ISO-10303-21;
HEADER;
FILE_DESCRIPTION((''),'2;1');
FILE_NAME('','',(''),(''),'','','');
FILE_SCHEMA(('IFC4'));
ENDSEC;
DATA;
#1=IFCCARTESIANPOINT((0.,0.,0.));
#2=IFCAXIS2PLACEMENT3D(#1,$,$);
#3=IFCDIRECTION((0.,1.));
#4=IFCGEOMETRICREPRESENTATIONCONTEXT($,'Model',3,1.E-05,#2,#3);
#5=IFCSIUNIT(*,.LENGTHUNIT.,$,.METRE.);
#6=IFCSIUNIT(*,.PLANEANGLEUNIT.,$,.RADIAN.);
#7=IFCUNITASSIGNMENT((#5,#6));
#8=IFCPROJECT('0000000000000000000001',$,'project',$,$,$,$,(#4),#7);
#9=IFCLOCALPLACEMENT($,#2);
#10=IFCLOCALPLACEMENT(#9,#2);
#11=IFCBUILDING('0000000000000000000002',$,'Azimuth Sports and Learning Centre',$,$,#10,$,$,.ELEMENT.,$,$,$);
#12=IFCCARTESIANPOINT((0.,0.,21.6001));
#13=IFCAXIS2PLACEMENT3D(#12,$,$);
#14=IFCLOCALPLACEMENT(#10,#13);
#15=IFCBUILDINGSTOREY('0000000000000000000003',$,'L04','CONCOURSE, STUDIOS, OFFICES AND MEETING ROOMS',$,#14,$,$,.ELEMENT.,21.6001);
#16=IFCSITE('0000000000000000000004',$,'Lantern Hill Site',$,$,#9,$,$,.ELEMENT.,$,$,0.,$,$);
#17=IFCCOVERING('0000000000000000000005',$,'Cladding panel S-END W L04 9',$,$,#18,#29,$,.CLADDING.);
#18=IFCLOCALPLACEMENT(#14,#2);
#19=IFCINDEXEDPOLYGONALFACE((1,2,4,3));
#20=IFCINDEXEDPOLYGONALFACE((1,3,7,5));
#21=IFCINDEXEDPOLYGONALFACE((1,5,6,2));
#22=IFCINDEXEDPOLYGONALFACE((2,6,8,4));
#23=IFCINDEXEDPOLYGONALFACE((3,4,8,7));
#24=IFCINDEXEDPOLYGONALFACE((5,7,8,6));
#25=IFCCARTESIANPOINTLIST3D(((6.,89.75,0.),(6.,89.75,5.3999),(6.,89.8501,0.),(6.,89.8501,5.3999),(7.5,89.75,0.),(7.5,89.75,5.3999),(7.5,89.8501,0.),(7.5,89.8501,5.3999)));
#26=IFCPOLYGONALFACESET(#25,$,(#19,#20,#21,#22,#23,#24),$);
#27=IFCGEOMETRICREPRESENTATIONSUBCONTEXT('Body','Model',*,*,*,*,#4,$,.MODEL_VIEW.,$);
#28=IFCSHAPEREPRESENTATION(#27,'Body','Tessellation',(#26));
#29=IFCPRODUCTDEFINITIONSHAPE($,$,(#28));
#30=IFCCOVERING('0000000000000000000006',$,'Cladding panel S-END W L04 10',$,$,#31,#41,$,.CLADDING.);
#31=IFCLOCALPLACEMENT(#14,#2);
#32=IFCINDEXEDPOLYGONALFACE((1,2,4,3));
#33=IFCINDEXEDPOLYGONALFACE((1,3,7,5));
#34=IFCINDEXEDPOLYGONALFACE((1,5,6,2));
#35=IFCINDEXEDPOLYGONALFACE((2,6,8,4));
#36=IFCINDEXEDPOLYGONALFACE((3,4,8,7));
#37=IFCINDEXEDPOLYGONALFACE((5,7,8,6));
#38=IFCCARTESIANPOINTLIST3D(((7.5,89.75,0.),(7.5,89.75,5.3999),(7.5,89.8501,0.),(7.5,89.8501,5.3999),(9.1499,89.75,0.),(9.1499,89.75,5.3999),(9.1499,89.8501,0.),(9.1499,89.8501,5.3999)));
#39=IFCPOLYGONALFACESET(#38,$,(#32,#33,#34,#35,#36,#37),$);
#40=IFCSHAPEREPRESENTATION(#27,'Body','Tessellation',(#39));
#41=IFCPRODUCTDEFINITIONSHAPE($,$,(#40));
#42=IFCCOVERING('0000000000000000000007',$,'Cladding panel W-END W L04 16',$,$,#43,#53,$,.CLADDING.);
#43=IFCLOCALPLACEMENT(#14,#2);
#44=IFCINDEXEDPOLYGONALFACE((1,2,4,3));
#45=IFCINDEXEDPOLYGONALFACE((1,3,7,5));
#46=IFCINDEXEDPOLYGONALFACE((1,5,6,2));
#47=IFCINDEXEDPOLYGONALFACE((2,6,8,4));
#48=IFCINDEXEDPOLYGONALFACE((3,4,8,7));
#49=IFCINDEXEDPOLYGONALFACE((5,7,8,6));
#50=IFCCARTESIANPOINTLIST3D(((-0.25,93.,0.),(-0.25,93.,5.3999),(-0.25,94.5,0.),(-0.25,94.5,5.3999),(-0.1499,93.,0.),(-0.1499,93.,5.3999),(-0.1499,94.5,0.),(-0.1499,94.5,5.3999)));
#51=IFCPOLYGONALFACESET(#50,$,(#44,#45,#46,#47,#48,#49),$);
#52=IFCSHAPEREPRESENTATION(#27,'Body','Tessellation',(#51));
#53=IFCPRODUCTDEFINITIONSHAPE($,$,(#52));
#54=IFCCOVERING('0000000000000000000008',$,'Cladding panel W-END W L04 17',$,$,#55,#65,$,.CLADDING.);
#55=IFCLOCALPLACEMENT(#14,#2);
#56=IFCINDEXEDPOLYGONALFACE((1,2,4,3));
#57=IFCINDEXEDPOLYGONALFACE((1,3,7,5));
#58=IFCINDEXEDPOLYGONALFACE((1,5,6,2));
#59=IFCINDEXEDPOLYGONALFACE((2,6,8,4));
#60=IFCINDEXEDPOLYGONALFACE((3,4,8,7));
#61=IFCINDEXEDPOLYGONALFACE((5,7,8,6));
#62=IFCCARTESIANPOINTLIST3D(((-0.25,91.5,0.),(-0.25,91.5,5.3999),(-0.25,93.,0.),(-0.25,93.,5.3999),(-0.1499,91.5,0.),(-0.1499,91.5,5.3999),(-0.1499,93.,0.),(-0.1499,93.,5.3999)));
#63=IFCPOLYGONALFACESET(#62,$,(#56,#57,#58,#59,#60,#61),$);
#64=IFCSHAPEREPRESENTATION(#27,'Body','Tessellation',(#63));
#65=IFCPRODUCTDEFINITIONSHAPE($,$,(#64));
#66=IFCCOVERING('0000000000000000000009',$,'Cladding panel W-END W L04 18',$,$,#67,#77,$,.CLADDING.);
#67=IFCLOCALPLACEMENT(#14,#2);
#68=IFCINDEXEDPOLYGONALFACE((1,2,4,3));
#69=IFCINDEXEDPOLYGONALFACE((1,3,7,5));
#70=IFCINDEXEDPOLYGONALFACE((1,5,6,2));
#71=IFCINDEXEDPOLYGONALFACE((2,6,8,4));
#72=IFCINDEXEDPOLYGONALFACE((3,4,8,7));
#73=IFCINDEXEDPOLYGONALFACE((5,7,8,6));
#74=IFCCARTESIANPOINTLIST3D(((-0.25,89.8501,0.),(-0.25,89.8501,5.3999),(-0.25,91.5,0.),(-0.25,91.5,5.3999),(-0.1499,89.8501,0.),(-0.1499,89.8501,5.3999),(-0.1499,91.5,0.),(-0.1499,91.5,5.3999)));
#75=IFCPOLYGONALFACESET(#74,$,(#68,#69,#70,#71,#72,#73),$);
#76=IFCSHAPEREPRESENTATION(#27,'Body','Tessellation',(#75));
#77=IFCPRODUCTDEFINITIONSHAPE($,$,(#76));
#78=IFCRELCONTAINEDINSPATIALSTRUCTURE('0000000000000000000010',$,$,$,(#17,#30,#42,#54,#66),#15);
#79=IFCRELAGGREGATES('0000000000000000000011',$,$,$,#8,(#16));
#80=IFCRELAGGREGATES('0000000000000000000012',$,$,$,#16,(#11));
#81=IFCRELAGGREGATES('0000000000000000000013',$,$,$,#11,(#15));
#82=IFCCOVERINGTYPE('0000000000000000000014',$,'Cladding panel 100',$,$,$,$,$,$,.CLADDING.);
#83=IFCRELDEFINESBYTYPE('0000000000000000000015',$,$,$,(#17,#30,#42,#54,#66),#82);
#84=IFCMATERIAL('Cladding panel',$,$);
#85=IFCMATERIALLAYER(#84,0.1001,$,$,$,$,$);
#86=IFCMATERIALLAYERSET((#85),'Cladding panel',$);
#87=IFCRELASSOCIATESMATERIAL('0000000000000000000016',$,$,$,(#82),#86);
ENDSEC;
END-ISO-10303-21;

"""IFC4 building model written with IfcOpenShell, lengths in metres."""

from ifc_helpers import new_model, si_unit, direction, frame, origin, origin_2d, place, context, subcontext, project, spatial, rectangle, extrude, material, layer, layer_set, type_object, element, save


model = new_model("IFC4")

# Units and contexts
model_context = context("Model", 3, precision=1e-05, world=origin(), true_north=direction((0.0, 1.0)))
body_context = subcontext(model_context, "Body", "Model", "MODEL_VIEW")
ifc_project = project(units=[si_unit("LENGTHUNIT", "METRE"), si_unit("PLANEANGLEUNIT", "RADIAN")], contexts=[model_context])

# Site, building, storey
site_placement = place(None, origin())
site = spatial("IfcSite", under=ifc_project, at=site_placement, Name="Lantern Hill Site", CompositionType="ELEMENT", RefElevation=0.0)
building_placement = place(site_placement, origin())
building = spatial("IfcBuilding", under=site, at=building_placement, Name="Azimuth Sports and Learning Centre", CompositionType="ELEMENT")
storey_placement = place(building_placement, frame((0.0, 0.0, 21.6001)))
storey = spatial("IfcBuildingStorey", under=building, at=storey_placement, Name="L04", Description="CONCOURSE, STUDIOS, OFFICES AND MEETING ROOMS", CompositionType="ELEMENT", Elevation=21.6001)

# Coverings
ifc_material_1 = material(Name="Cladding panel")
ifc_layer_1 = layer(ifc_material_1, 0.1001)
ifc_layer_set_1 = layer_set([ifc_layer_1], Name="Cladding panel")
covering_type = type_object("IfcCoveringType", Name="Cladding panel 100", PredefinedType="CLADDING", material=ifc_layer_set_1)
covering_1_placement = place(storey_placement, frame((6.75, 89.8, 0.0), z_axis=(0.0, 0.0, 1.0), x_axis=(1.0, 0.0, 0.0)))
element("IfcCovering", 1, at=covering_1_placement, inside=storey, type_object=covering_type, Name="Cladding panel S-END W L04 9", PredefinedType="CLADDING", context=body_context, shape_type="SweptSolid", body=[
    extrude(rectangle(XDim=1.5, YDim=0.1001, at=origin_2d()), origin(), (0.0, 0.0, 1.0), 5.3999),
])
covering_2_placement = place(storey_placement, frame((8.325, 89.8, 0.0), z_axis=(0.0, 0.0, 1.0), x_axis=(1.0, 0.0, 0.0)))
element("IfcCovering", 2, at=covering_2_placement, inside=storey, type_object=covering_type, Name="Cladding panel S-END W L04 10", PredefinedType="CLADDING", context=body_context, shape_type="SweptSolid", body=[
    extrude(rectangle(XDim=1.6499, YDim=0.1001, at=origin_2d()), origin(), (0.0, 0.0, 1.0), 5.3999),
])
for number, where, z_axis, x_axis, name in (
    (3, (-0.2, 93.75, 0.0), (0.0, 0.0, 1.0), (0.0, -1.0, 0.0), "Cladding panel W-END W L04 16"),
    (4, (-0.2, 92.25, 0.0), (0.0, 0.0, 1.0), (0.0, -1.0, 0.0), "Cladding panel W-END W L04 17"),
):
    element("IfcCovering", number, at=place(storey_placement, frame(where, z_axis=z_axis, x_axis=x_axis)), inside=storey, type_object=covering_type, Name=name, PredefinedType="CLADDING", context=body_context, shape_type="SweptSolid", body=[
        extrude(rectangle(XDim=1.5, YDim=0.1001, at=origin_2d()), origin(), (0.0, 0.0, 1.0), 5.3999),
    ])
covering_3_placement = place(storey_placement, frame((-0.2, 90.675, 0.0), z_axis=(0.0, 0.0, 1.0), x_axis=(0.0, -1.0, 0.0)))
element("IfcCovering", 5, at=covering_3_placement, inside=storey, type_object=covering_type, Name="Cladding panel W-END W L04 18", PredefinedType="CLADDING", context=body_context, shape_type="SweptSolid", body=[
    extrude(rectangle(XDim=1.6499, YDim=0.1001, at=origin_2d()), origin(), (0.0, 0.0, 1.0), 5.3999),
])

save(model, "model.ifc")
